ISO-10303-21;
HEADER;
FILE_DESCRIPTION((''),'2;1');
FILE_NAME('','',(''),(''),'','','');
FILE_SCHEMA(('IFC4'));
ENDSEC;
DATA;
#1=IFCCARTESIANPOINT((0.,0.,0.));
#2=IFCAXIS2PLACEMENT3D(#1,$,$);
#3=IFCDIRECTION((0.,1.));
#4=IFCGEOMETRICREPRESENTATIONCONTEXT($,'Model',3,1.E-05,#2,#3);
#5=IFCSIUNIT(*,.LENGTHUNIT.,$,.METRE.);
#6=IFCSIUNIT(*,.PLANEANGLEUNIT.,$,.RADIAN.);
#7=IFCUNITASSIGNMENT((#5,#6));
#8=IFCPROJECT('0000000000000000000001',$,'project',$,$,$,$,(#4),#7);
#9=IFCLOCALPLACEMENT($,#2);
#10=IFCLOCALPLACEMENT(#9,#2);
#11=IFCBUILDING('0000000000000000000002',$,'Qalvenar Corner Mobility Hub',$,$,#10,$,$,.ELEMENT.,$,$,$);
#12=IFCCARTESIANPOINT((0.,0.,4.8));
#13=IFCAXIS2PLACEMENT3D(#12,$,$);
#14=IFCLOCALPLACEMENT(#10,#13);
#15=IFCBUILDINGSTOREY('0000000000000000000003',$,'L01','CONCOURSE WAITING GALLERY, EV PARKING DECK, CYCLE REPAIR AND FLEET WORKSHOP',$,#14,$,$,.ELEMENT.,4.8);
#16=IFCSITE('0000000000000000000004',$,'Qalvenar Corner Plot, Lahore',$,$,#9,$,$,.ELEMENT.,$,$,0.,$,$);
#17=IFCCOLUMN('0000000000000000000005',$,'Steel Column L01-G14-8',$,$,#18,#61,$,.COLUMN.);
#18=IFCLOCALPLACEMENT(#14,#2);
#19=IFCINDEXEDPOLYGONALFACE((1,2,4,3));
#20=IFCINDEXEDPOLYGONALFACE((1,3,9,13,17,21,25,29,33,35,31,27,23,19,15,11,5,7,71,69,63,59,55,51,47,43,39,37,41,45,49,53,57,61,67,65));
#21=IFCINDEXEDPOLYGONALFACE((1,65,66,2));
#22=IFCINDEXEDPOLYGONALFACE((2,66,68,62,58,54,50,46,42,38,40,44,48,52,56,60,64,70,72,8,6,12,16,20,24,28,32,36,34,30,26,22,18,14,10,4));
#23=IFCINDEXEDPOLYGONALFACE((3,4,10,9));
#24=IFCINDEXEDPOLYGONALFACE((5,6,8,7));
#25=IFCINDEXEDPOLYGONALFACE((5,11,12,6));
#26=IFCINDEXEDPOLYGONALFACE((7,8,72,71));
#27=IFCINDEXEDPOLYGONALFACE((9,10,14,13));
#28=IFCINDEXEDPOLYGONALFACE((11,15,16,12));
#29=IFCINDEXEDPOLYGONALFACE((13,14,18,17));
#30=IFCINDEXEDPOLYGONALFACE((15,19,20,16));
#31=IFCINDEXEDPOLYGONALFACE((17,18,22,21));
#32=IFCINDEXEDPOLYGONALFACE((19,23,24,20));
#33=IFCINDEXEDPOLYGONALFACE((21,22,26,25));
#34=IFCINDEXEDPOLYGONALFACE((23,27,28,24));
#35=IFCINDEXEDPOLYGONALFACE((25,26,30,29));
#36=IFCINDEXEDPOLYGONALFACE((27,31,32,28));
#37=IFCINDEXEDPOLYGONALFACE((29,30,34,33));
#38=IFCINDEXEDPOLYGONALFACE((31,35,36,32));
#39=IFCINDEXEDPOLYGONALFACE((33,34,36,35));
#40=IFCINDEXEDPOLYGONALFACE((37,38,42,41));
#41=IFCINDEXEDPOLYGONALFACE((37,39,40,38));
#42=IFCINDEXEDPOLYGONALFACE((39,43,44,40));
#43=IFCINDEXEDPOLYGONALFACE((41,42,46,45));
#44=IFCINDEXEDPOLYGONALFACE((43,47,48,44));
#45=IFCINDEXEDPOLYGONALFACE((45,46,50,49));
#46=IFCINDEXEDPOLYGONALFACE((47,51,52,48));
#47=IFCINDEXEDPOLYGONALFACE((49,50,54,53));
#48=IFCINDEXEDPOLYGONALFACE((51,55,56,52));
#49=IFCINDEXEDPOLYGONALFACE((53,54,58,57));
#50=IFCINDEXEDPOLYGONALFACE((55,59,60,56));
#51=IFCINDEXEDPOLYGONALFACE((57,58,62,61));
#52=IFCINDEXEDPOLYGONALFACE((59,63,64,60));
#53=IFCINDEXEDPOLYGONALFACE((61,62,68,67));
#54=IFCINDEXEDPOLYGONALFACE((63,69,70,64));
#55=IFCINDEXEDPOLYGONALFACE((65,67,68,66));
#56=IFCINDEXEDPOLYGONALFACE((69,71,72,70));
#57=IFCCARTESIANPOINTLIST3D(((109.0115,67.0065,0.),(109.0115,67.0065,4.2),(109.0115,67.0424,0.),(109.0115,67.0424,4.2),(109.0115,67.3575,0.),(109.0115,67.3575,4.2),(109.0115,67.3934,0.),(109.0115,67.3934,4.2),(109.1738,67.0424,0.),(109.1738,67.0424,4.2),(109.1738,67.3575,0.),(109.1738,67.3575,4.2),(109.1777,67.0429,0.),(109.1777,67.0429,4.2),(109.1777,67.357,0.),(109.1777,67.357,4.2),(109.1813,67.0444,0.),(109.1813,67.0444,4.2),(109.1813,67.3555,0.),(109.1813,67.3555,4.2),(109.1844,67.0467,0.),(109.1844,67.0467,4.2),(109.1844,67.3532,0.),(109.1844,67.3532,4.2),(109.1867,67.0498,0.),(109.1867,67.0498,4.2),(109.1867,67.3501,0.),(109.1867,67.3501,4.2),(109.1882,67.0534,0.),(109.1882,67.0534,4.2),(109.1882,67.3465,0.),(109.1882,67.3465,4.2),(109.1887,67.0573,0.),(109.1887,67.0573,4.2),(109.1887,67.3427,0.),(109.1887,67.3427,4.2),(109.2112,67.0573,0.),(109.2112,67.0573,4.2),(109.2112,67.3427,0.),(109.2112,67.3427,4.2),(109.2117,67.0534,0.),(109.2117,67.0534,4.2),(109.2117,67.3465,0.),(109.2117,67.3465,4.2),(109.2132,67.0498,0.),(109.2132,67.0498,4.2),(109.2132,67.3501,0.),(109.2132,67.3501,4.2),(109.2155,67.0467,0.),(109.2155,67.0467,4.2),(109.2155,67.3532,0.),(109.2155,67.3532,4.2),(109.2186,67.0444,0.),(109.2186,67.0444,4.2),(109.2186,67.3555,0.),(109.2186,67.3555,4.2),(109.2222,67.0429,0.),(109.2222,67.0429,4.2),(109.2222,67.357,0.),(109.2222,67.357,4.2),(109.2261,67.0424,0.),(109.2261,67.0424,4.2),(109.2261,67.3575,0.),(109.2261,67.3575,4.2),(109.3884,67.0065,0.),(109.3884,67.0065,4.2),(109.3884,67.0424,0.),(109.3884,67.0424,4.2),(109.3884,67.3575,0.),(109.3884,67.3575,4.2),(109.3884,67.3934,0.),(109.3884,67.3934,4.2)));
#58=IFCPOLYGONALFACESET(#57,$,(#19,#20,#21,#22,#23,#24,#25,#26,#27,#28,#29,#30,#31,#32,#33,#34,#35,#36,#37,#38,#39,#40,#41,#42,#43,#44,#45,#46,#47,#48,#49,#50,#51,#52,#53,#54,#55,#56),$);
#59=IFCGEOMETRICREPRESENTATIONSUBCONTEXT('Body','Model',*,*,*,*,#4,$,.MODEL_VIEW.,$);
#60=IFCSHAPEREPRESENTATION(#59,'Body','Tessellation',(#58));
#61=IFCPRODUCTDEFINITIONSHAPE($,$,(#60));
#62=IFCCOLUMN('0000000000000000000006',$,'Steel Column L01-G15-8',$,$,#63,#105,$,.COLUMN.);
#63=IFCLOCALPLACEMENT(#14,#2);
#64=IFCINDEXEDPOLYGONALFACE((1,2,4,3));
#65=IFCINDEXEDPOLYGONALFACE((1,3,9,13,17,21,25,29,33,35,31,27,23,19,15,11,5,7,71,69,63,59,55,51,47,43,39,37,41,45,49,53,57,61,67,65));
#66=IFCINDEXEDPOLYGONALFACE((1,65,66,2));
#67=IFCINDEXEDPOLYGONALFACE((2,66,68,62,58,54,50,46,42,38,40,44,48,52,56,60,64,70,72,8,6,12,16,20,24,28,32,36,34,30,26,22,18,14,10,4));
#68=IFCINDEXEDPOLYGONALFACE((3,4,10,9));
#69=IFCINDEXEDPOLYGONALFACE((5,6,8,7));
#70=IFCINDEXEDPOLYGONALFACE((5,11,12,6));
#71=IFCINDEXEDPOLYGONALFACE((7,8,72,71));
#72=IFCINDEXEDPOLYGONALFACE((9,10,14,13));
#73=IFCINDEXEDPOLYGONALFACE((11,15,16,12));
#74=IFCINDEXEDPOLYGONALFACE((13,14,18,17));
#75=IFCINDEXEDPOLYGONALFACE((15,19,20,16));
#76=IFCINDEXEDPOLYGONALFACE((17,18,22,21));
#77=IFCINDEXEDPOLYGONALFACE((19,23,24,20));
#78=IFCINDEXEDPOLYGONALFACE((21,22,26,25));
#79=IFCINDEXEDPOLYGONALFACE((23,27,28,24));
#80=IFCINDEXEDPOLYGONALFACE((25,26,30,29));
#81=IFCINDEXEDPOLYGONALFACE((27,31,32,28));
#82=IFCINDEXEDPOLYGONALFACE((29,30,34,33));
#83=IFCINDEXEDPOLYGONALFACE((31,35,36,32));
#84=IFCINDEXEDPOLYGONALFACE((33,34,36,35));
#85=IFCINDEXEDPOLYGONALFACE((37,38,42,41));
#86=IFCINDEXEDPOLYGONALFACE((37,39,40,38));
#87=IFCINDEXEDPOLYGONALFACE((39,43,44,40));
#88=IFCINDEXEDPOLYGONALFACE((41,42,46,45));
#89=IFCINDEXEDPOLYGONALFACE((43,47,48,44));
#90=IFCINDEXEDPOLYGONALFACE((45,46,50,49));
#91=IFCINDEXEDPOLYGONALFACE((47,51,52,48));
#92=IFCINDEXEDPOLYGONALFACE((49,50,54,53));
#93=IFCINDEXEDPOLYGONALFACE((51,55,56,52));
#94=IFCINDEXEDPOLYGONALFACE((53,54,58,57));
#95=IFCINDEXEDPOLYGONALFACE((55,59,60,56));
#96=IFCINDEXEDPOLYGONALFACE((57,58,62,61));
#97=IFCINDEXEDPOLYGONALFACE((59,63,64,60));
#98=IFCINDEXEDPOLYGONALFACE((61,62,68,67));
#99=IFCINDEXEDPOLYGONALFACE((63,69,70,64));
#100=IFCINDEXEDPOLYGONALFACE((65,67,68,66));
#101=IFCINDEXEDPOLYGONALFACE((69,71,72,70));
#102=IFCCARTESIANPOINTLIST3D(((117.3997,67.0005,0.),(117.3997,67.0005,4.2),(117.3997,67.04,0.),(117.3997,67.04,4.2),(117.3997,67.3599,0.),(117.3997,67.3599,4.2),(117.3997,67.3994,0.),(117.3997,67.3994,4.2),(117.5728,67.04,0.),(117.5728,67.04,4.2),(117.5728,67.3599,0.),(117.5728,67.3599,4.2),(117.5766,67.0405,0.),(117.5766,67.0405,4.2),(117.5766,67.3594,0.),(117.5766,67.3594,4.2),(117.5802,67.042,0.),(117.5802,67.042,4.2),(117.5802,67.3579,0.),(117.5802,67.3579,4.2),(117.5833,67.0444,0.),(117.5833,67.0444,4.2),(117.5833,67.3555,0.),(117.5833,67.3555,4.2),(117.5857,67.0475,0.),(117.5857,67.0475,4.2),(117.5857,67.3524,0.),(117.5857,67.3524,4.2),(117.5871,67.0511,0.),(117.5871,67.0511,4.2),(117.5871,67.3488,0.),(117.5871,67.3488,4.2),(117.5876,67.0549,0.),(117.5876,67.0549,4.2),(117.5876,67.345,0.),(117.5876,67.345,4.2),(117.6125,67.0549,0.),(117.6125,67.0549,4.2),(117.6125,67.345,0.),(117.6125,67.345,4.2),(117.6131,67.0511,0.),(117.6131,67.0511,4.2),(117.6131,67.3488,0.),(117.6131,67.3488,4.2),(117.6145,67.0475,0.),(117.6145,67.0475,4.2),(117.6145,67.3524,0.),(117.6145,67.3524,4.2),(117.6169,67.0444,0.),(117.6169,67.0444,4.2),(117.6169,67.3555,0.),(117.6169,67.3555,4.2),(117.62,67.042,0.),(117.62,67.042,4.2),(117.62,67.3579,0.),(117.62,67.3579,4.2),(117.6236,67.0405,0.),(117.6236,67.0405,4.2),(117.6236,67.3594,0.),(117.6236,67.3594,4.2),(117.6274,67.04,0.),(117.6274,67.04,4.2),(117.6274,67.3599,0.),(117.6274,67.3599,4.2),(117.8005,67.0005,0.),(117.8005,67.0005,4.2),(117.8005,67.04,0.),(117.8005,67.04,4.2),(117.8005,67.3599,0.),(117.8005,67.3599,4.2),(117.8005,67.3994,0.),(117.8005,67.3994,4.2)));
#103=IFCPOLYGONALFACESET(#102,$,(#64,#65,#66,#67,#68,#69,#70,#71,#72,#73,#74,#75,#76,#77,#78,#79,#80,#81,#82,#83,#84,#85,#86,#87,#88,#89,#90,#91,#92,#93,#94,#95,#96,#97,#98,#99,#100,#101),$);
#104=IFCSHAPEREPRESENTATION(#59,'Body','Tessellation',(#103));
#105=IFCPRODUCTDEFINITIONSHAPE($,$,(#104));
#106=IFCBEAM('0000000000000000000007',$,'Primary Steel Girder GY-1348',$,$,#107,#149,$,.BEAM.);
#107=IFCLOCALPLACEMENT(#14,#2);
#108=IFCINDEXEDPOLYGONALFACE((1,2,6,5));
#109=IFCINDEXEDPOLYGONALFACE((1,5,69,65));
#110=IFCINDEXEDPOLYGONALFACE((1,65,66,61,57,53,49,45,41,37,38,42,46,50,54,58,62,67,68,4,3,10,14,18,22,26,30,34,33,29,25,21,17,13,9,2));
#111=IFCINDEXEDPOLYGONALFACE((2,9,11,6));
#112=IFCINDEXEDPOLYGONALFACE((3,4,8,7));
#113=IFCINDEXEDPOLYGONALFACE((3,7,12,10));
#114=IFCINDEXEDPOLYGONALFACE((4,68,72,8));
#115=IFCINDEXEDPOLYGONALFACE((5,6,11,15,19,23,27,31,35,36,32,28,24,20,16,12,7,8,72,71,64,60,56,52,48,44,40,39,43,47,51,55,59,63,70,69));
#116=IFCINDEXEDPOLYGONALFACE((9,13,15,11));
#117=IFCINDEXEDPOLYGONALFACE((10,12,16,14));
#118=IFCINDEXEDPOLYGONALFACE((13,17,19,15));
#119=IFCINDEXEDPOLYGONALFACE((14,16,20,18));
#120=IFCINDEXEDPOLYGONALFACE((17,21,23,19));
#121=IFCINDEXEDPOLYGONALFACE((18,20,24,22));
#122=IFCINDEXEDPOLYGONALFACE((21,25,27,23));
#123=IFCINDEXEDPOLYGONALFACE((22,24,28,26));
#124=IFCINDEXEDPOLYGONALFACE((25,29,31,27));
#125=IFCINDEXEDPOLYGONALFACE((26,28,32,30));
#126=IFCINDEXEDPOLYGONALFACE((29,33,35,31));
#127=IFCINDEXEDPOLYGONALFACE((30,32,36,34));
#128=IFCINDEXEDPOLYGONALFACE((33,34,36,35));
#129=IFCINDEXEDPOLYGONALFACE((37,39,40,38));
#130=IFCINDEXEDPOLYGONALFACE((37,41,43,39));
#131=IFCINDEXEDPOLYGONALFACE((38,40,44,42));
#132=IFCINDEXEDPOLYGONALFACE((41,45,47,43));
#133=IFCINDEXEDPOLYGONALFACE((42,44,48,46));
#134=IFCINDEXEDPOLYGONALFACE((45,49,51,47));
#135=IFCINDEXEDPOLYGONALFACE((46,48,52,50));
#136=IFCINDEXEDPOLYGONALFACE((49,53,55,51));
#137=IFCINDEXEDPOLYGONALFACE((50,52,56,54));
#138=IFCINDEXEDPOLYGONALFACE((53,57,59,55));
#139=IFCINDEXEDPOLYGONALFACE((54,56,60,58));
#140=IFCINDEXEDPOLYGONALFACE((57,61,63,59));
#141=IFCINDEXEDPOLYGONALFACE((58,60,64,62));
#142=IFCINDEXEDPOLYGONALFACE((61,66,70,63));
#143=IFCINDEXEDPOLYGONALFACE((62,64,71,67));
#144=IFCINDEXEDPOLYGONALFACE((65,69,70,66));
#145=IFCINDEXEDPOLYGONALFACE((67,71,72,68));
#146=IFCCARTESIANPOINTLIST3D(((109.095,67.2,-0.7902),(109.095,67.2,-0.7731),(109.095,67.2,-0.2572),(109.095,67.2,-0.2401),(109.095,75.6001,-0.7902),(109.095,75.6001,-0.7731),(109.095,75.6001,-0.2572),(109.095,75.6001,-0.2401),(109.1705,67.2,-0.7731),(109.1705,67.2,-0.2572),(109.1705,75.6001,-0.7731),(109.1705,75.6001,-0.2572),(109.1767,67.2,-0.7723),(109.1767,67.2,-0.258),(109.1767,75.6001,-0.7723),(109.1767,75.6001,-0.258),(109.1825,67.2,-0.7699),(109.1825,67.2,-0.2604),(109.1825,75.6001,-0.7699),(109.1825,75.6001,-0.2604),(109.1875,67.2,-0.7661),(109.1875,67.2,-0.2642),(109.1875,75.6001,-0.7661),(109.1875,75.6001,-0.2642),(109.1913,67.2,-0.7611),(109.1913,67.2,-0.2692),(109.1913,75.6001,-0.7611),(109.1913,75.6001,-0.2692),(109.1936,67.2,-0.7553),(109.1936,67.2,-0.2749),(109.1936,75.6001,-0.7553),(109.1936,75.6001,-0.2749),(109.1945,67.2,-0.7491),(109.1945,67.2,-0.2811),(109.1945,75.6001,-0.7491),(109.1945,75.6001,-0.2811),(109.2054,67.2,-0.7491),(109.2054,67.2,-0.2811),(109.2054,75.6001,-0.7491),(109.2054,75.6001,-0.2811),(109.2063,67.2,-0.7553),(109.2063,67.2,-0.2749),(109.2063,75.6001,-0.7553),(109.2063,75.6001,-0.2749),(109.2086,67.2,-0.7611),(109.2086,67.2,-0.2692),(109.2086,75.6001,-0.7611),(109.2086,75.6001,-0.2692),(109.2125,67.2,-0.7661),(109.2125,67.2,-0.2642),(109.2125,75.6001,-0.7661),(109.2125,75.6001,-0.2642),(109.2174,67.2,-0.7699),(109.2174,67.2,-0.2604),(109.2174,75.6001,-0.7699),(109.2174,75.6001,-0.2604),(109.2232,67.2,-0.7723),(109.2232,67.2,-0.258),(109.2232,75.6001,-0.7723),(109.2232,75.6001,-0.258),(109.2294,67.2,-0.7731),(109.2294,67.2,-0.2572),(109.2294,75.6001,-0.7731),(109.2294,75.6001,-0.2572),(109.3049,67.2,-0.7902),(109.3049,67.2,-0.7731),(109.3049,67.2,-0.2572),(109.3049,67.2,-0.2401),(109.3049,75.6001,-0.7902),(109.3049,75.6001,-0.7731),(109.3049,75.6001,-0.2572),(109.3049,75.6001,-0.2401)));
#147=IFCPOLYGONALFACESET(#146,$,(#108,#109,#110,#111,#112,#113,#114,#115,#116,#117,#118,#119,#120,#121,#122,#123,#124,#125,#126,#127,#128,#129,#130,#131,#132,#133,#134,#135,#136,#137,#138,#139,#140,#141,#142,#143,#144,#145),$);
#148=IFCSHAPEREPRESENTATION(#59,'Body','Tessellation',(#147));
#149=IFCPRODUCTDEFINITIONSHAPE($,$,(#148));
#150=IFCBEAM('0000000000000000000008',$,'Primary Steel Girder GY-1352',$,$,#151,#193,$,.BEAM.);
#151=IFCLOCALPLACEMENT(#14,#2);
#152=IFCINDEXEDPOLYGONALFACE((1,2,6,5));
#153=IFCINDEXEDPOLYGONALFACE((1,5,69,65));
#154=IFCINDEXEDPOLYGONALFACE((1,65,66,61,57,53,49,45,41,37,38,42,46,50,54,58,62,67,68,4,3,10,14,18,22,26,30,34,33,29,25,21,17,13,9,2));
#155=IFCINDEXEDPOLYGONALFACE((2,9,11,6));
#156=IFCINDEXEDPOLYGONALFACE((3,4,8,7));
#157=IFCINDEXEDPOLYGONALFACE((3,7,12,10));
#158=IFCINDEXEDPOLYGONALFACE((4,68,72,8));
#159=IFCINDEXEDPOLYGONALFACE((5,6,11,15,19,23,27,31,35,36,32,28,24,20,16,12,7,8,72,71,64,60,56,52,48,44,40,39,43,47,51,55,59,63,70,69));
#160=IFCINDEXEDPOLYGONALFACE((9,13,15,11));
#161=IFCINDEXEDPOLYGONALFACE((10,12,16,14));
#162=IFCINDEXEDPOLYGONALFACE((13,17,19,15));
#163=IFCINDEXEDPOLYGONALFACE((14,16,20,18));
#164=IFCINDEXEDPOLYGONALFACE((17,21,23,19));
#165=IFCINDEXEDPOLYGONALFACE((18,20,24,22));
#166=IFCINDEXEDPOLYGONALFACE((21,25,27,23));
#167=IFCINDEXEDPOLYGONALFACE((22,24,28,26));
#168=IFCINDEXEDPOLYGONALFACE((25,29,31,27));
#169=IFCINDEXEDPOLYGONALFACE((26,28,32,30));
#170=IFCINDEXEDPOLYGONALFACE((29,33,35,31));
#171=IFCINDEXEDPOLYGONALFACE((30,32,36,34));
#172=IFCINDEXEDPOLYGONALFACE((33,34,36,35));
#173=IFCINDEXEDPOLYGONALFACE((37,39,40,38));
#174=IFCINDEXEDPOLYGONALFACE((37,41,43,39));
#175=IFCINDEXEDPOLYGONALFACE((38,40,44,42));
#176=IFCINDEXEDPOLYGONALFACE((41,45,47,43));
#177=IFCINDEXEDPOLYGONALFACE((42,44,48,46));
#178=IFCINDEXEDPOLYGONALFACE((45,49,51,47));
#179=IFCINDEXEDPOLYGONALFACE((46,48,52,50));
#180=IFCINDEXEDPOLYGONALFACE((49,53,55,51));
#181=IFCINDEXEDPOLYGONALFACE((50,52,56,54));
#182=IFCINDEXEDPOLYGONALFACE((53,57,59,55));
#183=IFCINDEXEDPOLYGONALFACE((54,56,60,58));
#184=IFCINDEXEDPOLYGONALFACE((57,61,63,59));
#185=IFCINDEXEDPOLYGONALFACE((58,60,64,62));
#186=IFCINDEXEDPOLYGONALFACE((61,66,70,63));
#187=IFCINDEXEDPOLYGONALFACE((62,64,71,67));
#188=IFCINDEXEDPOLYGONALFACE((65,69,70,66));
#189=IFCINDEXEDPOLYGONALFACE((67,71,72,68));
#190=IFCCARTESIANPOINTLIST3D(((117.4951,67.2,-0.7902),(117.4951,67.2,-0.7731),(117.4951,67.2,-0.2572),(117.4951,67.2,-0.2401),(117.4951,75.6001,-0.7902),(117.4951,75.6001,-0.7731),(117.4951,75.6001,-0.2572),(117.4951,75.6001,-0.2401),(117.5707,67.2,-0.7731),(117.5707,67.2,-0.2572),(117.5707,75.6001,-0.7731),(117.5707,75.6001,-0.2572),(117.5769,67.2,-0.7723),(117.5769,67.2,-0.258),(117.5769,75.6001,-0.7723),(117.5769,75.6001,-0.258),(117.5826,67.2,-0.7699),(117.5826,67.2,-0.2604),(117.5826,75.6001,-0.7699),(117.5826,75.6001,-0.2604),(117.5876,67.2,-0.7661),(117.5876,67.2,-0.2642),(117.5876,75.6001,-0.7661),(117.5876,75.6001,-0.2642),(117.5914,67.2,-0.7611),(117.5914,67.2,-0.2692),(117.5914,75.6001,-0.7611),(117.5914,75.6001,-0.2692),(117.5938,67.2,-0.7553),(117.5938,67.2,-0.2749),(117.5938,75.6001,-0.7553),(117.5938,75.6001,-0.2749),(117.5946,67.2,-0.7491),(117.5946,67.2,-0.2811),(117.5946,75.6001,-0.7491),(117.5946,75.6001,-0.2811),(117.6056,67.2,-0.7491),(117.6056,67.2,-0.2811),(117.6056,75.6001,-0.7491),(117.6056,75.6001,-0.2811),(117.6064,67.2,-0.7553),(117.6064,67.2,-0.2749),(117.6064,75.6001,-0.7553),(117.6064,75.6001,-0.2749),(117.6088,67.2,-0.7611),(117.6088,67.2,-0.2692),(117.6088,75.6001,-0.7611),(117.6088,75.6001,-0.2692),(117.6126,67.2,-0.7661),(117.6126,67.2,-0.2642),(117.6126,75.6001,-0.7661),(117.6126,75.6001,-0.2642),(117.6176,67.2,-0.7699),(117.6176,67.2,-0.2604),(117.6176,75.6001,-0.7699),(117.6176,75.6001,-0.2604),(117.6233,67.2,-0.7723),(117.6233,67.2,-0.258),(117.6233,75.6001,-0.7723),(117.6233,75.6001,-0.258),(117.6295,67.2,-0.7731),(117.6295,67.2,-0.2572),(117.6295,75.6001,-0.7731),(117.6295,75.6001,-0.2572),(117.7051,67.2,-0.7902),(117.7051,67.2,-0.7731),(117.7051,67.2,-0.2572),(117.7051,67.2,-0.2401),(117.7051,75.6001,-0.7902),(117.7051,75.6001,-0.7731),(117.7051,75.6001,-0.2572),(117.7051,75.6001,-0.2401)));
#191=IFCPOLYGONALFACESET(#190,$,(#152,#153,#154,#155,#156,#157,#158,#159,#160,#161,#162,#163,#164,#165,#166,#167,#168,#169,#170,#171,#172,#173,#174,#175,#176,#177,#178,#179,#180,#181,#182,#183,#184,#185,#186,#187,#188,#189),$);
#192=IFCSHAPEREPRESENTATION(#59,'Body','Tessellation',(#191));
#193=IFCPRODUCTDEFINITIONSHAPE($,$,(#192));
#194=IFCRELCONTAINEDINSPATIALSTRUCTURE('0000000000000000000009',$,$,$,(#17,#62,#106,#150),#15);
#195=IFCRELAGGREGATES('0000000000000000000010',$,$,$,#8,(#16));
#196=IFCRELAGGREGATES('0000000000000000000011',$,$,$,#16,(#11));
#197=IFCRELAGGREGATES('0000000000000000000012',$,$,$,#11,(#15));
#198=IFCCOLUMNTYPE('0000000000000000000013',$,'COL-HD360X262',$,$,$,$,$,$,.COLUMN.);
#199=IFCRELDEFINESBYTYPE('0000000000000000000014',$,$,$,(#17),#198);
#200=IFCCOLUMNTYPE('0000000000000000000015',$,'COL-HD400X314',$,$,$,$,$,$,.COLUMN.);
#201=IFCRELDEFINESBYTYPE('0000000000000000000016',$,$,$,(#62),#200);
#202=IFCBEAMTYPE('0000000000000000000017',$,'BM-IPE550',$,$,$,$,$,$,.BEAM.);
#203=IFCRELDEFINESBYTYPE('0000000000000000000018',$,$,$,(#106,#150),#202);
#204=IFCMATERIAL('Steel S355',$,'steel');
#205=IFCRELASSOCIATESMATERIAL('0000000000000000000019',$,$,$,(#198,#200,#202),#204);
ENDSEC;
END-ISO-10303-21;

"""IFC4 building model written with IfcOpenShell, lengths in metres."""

from ifc_helpers import new_model, si_unit, direction, frame, origin, origin_2d, place, context, subcontext, project, spatial, i_section, extrude, material, material_profile, profile_set, type_object, element, save


model = new_model("IFC4")

# Units and contexts
model_context = context("Model", 3, precision=1e-05, world=origin(), true_north=direction((0.0, 1.0)))
body_context = subcontext(model_context, "Body", "Model", "MODEL_VIEW")
ifc_project = project(units=[si_unit("LENGTHUNIT", "METRE"), si_unit("PLANEANGLEUNIT", "RADIAN")], contexts=[model_context])

# Site, building, storey
site_placement = place(None, origin())
site = spatial("IfcSite", under=ifc_project, at=site_placement, Name="Qalvenar Corner Plot, Lahore", CompositionType="ELEMENT", RefElevation=0.0)
building_placement = place(site_placement, origin())
building = spatial("IfcBuilding", under=site, at=building_placement, Name="Qalvenar Corner Mobility Hub", CompositionType="ELEMENT")
storey_placement = place(building_placement, frame((0.0, 0.0, 4.8)))
storey = spatial("IfcBuildingStorey", under=building, at=storey_placement, Name="L01", Description="CONCOURSE WAITING GALLERY, EV PARKING DECK, CYCLE REPAIR AND FLEET WORKSHOP", CompositionType="ELEMENT", Elevation=4.8)

# Columns
ifc_material = material(Name="Steel S355", Category="steel")
ifc_material_profile_1 = material_profile(ifc_material, i_section(OverallWidth=0.377, OverallDepth=0.387, WebThickness=0.0225, FlangeThickness=0.0359, FilletRadius=0.0149, at=origin_2d()), Name="HD360x262")
ifc_profile_set_1 = profile_set([ifc_material_profile_1], Name="Steel S355")
column_type_1 = type_object("IfcColumnType", Name="COL-HD360X262", PredefinedType="COLUMN", material=ifc_profile_set_1)
column_1_placement = place(storey_placement, frame((109.2, 67.2, 0.0), z_axis=(0.0, 0.0, 1.0), x_axis=(1.0, 0.0, 0.0)))
element("IfcColumn", 1, at=column_1_placement, inside=storey, type_object=column_type_1, Name="Steel Column L01-G14-8", PredefinedType="COLUMN", context=body_context, shape_type="SweptSolid", body=[
    extrude(i_section(OverallWidth=0.377, OverallDepth=0.387, WebThickness=0.0225, FlangeThickness=0.0359, FilletRadius=0.0149, at=origin_2d()), origin(), (0.0, 0.0, 1.0), 4.2),
])
ifc_material_profile_2 = material_profile(ifc_material, i_section(OverallWidth=0.4009, OverallDepth=0.3989, WebThickness=0.0249, FlangeThickness=0.0396, FilletRadius=0.0149, at=origin_2d()), Name="HD400x314")
ifc_profile_set_2 = profile_set([ifc_material_profile_2], Name="Steel S355")
column_type_2 = type_object("IfcColumnType", Name="COL-HD400X314", PredefinedType="COLUMN", material=ifc_profile_set_2)
column_2_placement = place(storey_placement, frame((117.6001, 67.2, 0.0), z_axis=(0.0, 0.0, 1.0), x_axis=(1.0, 0.0, 0.0)))
element("IfcColumn", 2, at=column_2_placement, inside=storey, type_object=column_type_2, Name="Steel Column L01-G15-8", PredefinedType="COLUMN", context=body_context, shape_type="SweptSolid", body=[
    extrude(i_section(OverallWidth=0.4009, OverallDepth=0.3989, WebThickness=0.0249, FlangeThickness=0.0396, FilletRadius=0.0149, at=origin_2d()), origin(), (0.0, 0.0, 1.0), 4.2),
])

# Beams
ifc_material_profile_3 = material_profile(ifc_material, i_section(OverallWidth=0.21, OverallDepth=0.55, WebThickness=0.011, FlangeThickness=0.0171, FilletRadius=0.0239, at=origin_2d()), Name="IPE550")
ifc_profile_set_3 = profile_set([ifc_material_profile_3], Name="Steel S355")
beam_type_1 = type_object("IfcBeamType", Name="BM-IPE550", PredefinedType="BEAM", material=ifc_profile_set_3)
for number, where, z_axis, x_axis, name in (
    (3, (109.2, 67.2, -0.5151), (0.0, 1.0, 0.0), (-1.0, 0.0, 0.0), "Primary Steel Girder GY-1348"),
    (4, (117.6001, 67.2, -0.5151), (0.0, 1.0, 0.0), (-1.0, 0.0, 0.0), "Primary Steel Girder GY-1352"),
):
    element("IfcBeam", number, at=place(storey_placement, frame(where, z_axis=z_axis, x_axis=x_axis)), inside=storey, type_object=beam_type_1, Name=name, PredefinedType="BEAM", context=body_context, shape_type="SweptSolid", body=[
        extrude(i_section(OverallWidth=0.21, OverallDepth=0.55, WebThickness=0.011, FlangeThickness=0.0171, FilletRadius=0.0239, at=origin_2d()), origin(), (0.0, 0.0, 1.0), 8.4001),
    ])

save(model, "model.ifc")
